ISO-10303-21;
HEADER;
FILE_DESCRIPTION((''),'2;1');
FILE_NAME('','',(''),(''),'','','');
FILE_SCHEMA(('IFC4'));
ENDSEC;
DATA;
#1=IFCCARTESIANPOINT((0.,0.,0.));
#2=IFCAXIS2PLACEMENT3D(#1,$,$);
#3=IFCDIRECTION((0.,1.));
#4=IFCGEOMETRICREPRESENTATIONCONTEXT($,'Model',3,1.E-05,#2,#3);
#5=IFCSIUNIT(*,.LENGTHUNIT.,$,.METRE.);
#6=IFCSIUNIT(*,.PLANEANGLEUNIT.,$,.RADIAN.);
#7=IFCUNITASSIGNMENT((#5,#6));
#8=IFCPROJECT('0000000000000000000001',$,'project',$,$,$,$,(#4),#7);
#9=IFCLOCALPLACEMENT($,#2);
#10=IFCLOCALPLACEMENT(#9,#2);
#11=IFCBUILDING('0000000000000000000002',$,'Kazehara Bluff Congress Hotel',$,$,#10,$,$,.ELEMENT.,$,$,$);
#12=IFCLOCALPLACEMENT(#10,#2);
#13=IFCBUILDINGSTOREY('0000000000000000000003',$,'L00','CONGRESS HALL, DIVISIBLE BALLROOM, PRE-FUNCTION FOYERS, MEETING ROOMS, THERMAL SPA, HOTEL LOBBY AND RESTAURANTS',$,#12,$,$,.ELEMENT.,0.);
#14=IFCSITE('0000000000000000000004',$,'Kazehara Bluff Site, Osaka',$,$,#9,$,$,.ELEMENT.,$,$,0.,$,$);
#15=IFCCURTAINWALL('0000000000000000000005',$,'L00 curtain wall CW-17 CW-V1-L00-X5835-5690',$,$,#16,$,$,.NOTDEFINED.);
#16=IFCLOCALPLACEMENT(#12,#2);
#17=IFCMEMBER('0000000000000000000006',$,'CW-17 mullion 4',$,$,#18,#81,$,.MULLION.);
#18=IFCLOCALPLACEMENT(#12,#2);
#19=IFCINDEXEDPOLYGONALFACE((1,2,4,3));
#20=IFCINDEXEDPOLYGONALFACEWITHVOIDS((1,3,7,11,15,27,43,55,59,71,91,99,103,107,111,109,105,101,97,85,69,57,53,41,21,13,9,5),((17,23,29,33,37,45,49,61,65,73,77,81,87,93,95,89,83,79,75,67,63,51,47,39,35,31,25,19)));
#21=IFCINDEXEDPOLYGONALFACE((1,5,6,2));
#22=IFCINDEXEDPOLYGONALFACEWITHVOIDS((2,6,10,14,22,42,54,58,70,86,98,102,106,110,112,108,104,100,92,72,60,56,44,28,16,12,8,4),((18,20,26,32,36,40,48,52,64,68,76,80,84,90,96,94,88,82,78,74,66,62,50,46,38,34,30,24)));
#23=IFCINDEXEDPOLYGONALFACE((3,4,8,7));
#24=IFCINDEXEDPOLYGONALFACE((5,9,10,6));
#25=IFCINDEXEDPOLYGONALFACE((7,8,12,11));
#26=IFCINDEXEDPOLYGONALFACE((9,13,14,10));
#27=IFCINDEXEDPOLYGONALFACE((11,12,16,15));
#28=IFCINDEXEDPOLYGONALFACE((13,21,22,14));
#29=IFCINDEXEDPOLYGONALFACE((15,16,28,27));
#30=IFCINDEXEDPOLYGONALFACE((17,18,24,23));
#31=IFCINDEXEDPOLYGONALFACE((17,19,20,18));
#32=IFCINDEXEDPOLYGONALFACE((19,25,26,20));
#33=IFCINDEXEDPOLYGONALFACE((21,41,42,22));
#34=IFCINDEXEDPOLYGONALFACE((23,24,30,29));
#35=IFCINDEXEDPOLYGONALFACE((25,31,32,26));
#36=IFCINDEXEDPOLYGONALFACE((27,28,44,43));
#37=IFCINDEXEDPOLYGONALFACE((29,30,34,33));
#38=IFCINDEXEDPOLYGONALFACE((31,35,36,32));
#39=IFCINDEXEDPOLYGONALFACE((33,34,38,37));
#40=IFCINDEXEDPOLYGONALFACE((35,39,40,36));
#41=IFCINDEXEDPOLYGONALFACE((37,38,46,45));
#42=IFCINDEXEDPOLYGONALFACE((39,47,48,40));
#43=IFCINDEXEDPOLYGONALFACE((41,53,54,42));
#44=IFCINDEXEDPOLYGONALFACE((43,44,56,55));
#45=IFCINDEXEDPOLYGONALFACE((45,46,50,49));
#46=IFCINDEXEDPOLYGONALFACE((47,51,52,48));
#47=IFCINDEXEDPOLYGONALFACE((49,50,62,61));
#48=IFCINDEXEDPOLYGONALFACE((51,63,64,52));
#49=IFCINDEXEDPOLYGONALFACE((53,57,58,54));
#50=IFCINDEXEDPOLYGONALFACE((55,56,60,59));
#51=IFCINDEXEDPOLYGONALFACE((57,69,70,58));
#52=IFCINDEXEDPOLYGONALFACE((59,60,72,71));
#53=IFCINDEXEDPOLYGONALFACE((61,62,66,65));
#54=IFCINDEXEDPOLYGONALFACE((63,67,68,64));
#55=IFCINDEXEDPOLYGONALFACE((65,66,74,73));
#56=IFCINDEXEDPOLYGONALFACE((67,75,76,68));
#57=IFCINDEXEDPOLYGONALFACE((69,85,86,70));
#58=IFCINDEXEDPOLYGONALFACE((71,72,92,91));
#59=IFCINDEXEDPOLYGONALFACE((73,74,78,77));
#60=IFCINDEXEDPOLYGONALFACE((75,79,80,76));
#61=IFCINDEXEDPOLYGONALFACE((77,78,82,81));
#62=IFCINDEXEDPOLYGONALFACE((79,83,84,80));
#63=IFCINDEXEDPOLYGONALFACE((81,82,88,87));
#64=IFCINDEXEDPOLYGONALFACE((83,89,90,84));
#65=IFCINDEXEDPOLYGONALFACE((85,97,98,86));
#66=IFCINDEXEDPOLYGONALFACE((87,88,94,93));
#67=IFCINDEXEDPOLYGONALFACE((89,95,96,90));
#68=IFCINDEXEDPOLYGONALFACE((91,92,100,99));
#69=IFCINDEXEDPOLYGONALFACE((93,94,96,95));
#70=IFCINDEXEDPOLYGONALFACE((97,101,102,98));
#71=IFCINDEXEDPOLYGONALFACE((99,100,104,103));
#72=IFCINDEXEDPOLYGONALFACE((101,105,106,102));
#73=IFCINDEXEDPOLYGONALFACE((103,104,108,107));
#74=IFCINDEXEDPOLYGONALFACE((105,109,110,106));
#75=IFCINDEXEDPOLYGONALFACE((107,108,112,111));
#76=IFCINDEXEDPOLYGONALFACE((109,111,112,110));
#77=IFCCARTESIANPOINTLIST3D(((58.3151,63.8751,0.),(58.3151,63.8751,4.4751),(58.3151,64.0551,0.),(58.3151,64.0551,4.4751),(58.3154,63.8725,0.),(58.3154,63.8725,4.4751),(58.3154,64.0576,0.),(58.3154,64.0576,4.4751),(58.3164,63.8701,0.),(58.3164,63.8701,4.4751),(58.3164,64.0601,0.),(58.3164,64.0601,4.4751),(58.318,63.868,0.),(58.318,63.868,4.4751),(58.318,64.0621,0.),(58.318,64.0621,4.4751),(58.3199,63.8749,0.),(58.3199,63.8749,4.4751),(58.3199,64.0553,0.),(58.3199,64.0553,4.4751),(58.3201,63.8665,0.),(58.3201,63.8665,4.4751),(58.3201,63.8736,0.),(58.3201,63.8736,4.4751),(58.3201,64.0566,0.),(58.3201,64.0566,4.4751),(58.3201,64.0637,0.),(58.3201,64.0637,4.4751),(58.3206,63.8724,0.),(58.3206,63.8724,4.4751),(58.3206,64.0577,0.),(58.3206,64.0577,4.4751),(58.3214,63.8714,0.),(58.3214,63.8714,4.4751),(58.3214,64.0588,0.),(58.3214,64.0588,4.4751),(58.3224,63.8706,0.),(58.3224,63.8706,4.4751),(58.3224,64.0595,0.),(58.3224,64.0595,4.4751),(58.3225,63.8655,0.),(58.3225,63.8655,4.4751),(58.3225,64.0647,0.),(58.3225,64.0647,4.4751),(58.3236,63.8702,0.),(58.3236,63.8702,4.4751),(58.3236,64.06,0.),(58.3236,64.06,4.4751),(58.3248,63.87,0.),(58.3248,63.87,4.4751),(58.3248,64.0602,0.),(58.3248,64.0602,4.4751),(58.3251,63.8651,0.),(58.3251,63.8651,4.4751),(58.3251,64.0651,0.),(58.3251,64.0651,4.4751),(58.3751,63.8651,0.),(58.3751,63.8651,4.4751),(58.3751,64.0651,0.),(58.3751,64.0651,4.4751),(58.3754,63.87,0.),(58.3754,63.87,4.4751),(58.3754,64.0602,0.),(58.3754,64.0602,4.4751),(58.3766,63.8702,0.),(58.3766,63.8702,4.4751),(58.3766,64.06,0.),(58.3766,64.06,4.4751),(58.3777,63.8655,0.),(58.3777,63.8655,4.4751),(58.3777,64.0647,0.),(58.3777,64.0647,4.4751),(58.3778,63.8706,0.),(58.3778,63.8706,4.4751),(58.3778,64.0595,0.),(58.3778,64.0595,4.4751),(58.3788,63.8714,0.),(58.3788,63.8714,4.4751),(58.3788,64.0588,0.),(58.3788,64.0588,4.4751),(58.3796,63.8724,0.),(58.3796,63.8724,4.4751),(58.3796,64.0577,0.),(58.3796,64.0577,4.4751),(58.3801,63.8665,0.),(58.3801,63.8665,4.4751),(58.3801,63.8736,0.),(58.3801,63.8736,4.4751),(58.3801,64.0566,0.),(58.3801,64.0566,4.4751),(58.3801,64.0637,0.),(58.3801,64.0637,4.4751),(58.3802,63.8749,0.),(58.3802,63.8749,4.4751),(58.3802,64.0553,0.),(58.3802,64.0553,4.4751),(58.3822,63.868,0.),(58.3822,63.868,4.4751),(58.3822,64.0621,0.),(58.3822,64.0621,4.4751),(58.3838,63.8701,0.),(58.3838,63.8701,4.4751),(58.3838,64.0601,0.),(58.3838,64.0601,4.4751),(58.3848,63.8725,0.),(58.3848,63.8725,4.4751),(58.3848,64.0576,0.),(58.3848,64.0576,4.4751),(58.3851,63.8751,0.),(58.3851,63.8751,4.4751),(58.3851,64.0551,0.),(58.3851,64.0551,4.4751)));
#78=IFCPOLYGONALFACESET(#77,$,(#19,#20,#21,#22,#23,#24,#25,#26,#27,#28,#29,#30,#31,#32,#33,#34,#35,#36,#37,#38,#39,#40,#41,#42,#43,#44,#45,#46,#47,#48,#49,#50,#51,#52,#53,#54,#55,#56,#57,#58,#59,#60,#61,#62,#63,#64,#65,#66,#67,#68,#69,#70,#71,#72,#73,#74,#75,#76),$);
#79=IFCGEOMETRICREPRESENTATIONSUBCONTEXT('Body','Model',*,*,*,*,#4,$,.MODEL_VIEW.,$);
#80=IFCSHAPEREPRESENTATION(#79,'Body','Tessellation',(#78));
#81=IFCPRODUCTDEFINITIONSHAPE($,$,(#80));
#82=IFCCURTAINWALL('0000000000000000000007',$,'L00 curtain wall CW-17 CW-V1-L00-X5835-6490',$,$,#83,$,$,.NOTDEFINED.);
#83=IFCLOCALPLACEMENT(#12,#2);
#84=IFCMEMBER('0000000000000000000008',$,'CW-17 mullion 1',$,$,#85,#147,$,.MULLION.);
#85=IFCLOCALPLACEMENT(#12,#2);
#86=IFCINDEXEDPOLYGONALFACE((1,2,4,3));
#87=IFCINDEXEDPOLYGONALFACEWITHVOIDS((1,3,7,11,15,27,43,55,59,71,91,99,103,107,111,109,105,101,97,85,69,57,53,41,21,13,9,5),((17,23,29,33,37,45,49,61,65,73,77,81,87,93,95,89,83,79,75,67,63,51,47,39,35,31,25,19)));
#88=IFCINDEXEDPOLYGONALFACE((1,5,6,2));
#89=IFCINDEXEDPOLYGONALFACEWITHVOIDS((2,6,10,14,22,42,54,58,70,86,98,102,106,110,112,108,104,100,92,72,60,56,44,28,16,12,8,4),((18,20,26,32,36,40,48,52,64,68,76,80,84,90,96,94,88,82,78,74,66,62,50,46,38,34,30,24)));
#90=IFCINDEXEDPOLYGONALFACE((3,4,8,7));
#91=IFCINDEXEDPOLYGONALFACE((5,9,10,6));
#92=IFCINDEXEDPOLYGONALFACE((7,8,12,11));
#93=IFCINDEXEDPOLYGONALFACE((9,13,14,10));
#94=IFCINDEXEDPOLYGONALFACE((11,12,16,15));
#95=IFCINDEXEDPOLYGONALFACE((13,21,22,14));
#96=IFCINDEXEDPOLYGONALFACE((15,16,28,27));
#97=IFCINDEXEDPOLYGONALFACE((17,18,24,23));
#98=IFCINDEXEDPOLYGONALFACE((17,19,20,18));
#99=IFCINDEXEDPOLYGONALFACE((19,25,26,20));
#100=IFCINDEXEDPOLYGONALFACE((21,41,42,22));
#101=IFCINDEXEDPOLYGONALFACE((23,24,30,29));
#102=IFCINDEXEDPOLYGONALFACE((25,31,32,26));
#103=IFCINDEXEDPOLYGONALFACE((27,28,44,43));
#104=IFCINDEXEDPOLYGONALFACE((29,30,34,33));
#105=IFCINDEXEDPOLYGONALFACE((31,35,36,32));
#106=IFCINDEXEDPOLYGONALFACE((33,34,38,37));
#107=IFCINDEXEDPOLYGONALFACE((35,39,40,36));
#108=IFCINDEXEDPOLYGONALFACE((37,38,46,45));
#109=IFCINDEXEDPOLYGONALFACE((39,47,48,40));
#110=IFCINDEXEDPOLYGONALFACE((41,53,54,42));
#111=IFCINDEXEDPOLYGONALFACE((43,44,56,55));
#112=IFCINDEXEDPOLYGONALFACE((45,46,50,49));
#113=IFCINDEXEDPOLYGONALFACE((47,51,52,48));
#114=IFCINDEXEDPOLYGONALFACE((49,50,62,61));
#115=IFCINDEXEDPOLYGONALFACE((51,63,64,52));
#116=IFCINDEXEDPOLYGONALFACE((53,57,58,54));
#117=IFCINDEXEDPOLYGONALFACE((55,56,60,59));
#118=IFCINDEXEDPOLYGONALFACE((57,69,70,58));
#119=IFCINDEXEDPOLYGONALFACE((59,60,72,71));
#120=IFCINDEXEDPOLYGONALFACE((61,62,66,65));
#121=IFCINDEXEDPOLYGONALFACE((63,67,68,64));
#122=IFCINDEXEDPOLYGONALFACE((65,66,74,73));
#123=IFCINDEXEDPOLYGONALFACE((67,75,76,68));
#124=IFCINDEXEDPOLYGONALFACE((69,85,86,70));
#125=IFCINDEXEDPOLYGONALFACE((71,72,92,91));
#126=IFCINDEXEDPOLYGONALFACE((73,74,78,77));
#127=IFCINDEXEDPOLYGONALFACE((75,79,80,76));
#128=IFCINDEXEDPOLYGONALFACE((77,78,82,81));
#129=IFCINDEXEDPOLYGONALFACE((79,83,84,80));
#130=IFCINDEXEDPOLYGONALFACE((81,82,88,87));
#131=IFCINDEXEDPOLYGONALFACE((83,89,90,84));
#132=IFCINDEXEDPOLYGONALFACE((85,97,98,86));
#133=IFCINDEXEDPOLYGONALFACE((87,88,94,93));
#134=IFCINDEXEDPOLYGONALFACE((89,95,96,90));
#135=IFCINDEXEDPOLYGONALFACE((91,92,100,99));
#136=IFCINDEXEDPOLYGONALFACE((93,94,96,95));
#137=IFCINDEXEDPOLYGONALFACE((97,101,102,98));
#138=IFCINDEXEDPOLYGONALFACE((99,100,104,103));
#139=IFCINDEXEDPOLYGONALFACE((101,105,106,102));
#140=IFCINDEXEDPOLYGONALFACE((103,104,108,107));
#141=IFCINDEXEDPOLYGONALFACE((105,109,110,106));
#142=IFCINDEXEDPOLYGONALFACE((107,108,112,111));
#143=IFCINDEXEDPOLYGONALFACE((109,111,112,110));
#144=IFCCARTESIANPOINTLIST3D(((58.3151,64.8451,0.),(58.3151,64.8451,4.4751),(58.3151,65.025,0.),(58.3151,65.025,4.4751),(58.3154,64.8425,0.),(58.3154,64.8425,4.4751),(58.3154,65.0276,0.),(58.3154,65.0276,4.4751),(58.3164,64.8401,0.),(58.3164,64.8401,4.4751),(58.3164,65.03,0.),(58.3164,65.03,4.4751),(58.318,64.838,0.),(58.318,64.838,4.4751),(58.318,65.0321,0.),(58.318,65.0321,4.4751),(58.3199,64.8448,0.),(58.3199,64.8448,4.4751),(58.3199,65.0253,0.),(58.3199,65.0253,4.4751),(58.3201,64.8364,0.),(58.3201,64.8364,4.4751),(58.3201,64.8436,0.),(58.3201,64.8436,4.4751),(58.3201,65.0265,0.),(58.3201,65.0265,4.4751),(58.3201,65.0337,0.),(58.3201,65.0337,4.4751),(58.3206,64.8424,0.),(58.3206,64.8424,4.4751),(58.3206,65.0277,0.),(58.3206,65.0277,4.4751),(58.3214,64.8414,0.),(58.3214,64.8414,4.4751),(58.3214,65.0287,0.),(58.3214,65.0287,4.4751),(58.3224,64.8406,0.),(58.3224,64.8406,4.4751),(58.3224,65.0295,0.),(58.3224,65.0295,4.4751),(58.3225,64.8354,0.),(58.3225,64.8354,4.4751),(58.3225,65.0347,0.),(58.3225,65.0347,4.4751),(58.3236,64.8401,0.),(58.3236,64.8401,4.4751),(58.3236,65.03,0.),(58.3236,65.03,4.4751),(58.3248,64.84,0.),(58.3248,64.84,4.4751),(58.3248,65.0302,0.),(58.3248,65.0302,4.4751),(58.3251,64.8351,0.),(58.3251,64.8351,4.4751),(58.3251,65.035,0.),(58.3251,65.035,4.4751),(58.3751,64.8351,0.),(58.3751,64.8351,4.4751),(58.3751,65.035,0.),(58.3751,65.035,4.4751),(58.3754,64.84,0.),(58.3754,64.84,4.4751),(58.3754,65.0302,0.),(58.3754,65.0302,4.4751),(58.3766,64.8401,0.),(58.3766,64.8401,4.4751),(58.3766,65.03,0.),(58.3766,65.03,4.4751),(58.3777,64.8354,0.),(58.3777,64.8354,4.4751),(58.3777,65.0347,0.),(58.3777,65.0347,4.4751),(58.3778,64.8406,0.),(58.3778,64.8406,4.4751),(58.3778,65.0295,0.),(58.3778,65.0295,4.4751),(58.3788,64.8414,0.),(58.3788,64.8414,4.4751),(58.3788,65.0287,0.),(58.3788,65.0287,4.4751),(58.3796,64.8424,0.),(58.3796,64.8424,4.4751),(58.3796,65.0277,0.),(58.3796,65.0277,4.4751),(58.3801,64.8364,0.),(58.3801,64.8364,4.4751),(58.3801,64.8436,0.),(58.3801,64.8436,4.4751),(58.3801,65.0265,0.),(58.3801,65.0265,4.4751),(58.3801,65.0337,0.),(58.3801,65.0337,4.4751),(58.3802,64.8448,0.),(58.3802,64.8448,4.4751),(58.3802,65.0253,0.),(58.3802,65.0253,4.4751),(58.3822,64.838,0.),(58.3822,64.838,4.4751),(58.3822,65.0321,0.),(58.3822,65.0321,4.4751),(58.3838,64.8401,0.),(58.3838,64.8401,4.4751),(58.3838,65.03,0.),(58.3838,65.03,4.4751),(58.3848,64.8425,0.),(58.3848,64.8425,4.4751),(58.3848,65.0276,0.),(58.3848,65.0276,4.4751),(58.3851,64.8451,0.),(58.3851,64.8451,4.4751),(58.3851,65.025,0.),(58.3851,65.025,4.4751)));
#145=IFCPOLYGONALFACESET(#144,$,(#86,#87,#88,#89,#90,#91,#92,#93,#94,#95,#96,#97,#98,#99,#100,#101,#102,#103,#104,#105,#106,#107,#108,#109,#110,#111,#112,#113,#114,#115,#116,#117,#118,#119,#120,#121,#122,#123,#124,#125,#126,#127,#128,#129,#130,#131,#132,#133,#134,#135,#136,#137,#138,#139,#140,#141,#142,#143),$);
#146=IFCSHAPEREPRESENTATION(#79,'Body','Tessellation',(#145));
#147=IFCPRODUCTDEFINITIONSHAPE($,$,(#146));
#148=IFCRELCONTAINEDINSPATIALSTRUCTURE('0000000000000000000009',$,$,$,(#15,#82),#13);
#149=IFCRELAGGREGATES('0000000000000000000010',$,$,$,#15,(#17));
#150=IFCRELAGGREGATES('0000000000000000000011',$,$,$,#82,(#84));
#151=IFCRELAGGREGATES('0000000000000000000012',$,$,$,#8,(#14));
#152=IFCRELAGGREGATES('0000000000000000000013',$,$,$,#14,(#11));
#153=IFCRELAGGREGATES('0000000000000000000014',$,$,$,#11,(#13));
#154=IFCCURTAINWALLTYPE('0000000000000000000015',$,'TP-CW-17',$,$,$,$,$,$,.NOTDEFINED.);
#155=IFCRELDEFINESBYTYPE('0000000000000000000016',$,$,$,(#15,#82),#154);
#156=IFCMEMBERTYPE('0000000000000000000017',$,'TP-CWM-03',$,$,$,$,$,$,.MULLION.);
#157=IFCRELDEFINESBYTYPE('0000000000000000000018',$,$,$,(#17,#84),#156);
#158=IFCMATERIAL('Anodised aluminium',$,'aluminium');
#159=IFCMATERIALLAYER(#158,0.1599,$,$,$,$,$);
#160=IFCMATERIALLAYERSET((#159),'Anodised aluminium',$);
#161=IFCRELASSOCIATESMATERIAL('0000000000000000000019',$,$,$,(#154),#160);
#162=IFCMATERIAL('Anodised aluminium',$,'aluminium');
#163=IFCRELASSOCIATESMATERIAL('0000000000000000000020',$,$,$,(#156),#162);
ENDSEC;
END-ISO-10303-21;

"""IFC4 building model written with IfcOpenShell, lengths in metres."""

from ifc_helpers import new_model, si_unit, direction, frame, origin, origin_2d, place, context, subcontext, project, spatial, hollow_rectangle, extrude, material, layer, layer_set, material_profile, profile_set, type_object, element, aggregate, save


model = new_model("IFC4")

# Units and contexts
model_context = context("Model", 3, precision=1e-05, world=origin(), true_north=direction((0.0, 1.0)))
body_context = subcontext(model_context, "Body", "Model", "MODEL_VIEW")
ifc_project = project(units=[si_unit("LENGTHUNIT", "METRE"), si_unit("PLANEANGLEUNIT", "RADIAN")], contexts=[model_context])

# Site, building, storey
site_placement = place(None, origin())
site = spatial("IfcSite", under=ifc_project, at=site_placement, Name="Kazehara Bluff Site, Osaka", CompositionType="ELEMENT", RefElevation=0.0)
building_placement = place(site_placement, origin())
building = spatial("IfcBuilding", under=site, at=building_placement, Name="Kazehara Bluff Congress Hotel", CompositionType="ELEMENT")
storey_placement = place(building_placement, origin())
storey = spatial("IfcBuildingStorey", under=building, at=storey_placement, Name="L00", Description="CONGRESS HALL, DIVISIBLE BALLROOM, PRE-FUNCTION FOYERS, MEETING ROOMS, THERMAL SPA, HOTEL LOBBY AND RESTAURANTS", CompositionType="ELEMENT", Elevation=0.0)

# Curtain walls, members
ifc_material_1 = material(Name="Anodised aluminium", Category="aluminium")
ifc_layer_1 = layer(ifc_material_1, 0.1599)
ifc_layer_set_1 = layer_set([ifc_layer_1], Name="Anodised aluminium")
curtain_wall_type = type_object("IfcCurtainWallType", Name="TP-CW-17", PredefinedType="NOTDEFINED", material=ifc_layer_set_1)
curtain_wall_1_placement = place(storey_placement, origin())
curtain_wall_1 = element("IfcCurtainWall", 1, at=curtain_wall_1_placement, inside=storey, type_object=curtain_wall_type, Name="L00 curtain wall CW-17 CW-V1-L00-X5835-5690", PredefinedType="NOTDEFINED")
ifc_material_2 = material(Name="Anodised aluminium", Category="aluminium")
ifc_material_profile_1 = material_profile(ifc_material_2, hollow_rectangle(XDim=0.0701, YDim=0.2, WallThickness=0.0049, InnerFilletRadius=0.0049, OuterFilletRadius=0.01, at=origin_2d()))
ifc_profile_set_1 = profile_set([ifc_material_profile_1], Name="Anodised aluminium")
member_type_1 = type_object("IfcMemberType", Name="TP-CWM-03", PredefinedType="MULLION", material=ifc_profile_set_1)
member_1_placement = place(storey_placement, frame((58.3501, 63.9651, 0.0), z_axis=(0.0, 0.0, 1.0), x_axis=(-1.0, 0.0, 0.0)))
member_1 = element("IfcMember", 2, at=member_1_placement, type_object=member_type_1, Name="CW-17 mullion 4", PredefinedType="MULLION", context=body_context, shape_type="SweptSolid", body=[
    extrude(hollow_rectangle(XDim=0.0701, YDim=0.2, WallThickness=0.0049, InnerFilletRadius=0.0049, OuterFilletRadius=0.01, at=origin_2d()), origin(), (0.0, 0.0, 1.0), 4.4751),
])
curtain_wall_2_placement = place(storey_placement, origin())
curtain_wall_2 = element("IfcCurtainWall", 3, at=curtain_wall_2_placement, inside=storey, type_object=curtain_wall_type, Name="L00 curtain wall CW-17 CW-V1-L00-X5835-6490", PredefinedType="NOTDEFINED")
member_2_placement = place(storey_placement, frame((58.3501, 64.9351, 0.0), z_axis=(0.0, 0.0, 1.0), x_axis=(-1.0, 0.0, 0.0)))
member_2 = element("IfcMember", 4, at=member_2_placement, type_object=member_type_1, Name="CW-17 mullion 1", PredefinedType="MULLION", context=body_context, shape_type="SweptSolid", body=[
    extrude(hollow_rectangle(XDim=0.0701, YDim=0.2, WallThickness=0.0049, InnerFilletRadius=0.0049, OuterFilletRadius=0.01, at=origin_2d()), origin(), (0.0, 0.0, 1.0), 4.4751),
])

aggregate(curtain_wall_1, [member_1])
aggregate(curtain_wall_2, [member_2])

save(model, "model.ifc")
